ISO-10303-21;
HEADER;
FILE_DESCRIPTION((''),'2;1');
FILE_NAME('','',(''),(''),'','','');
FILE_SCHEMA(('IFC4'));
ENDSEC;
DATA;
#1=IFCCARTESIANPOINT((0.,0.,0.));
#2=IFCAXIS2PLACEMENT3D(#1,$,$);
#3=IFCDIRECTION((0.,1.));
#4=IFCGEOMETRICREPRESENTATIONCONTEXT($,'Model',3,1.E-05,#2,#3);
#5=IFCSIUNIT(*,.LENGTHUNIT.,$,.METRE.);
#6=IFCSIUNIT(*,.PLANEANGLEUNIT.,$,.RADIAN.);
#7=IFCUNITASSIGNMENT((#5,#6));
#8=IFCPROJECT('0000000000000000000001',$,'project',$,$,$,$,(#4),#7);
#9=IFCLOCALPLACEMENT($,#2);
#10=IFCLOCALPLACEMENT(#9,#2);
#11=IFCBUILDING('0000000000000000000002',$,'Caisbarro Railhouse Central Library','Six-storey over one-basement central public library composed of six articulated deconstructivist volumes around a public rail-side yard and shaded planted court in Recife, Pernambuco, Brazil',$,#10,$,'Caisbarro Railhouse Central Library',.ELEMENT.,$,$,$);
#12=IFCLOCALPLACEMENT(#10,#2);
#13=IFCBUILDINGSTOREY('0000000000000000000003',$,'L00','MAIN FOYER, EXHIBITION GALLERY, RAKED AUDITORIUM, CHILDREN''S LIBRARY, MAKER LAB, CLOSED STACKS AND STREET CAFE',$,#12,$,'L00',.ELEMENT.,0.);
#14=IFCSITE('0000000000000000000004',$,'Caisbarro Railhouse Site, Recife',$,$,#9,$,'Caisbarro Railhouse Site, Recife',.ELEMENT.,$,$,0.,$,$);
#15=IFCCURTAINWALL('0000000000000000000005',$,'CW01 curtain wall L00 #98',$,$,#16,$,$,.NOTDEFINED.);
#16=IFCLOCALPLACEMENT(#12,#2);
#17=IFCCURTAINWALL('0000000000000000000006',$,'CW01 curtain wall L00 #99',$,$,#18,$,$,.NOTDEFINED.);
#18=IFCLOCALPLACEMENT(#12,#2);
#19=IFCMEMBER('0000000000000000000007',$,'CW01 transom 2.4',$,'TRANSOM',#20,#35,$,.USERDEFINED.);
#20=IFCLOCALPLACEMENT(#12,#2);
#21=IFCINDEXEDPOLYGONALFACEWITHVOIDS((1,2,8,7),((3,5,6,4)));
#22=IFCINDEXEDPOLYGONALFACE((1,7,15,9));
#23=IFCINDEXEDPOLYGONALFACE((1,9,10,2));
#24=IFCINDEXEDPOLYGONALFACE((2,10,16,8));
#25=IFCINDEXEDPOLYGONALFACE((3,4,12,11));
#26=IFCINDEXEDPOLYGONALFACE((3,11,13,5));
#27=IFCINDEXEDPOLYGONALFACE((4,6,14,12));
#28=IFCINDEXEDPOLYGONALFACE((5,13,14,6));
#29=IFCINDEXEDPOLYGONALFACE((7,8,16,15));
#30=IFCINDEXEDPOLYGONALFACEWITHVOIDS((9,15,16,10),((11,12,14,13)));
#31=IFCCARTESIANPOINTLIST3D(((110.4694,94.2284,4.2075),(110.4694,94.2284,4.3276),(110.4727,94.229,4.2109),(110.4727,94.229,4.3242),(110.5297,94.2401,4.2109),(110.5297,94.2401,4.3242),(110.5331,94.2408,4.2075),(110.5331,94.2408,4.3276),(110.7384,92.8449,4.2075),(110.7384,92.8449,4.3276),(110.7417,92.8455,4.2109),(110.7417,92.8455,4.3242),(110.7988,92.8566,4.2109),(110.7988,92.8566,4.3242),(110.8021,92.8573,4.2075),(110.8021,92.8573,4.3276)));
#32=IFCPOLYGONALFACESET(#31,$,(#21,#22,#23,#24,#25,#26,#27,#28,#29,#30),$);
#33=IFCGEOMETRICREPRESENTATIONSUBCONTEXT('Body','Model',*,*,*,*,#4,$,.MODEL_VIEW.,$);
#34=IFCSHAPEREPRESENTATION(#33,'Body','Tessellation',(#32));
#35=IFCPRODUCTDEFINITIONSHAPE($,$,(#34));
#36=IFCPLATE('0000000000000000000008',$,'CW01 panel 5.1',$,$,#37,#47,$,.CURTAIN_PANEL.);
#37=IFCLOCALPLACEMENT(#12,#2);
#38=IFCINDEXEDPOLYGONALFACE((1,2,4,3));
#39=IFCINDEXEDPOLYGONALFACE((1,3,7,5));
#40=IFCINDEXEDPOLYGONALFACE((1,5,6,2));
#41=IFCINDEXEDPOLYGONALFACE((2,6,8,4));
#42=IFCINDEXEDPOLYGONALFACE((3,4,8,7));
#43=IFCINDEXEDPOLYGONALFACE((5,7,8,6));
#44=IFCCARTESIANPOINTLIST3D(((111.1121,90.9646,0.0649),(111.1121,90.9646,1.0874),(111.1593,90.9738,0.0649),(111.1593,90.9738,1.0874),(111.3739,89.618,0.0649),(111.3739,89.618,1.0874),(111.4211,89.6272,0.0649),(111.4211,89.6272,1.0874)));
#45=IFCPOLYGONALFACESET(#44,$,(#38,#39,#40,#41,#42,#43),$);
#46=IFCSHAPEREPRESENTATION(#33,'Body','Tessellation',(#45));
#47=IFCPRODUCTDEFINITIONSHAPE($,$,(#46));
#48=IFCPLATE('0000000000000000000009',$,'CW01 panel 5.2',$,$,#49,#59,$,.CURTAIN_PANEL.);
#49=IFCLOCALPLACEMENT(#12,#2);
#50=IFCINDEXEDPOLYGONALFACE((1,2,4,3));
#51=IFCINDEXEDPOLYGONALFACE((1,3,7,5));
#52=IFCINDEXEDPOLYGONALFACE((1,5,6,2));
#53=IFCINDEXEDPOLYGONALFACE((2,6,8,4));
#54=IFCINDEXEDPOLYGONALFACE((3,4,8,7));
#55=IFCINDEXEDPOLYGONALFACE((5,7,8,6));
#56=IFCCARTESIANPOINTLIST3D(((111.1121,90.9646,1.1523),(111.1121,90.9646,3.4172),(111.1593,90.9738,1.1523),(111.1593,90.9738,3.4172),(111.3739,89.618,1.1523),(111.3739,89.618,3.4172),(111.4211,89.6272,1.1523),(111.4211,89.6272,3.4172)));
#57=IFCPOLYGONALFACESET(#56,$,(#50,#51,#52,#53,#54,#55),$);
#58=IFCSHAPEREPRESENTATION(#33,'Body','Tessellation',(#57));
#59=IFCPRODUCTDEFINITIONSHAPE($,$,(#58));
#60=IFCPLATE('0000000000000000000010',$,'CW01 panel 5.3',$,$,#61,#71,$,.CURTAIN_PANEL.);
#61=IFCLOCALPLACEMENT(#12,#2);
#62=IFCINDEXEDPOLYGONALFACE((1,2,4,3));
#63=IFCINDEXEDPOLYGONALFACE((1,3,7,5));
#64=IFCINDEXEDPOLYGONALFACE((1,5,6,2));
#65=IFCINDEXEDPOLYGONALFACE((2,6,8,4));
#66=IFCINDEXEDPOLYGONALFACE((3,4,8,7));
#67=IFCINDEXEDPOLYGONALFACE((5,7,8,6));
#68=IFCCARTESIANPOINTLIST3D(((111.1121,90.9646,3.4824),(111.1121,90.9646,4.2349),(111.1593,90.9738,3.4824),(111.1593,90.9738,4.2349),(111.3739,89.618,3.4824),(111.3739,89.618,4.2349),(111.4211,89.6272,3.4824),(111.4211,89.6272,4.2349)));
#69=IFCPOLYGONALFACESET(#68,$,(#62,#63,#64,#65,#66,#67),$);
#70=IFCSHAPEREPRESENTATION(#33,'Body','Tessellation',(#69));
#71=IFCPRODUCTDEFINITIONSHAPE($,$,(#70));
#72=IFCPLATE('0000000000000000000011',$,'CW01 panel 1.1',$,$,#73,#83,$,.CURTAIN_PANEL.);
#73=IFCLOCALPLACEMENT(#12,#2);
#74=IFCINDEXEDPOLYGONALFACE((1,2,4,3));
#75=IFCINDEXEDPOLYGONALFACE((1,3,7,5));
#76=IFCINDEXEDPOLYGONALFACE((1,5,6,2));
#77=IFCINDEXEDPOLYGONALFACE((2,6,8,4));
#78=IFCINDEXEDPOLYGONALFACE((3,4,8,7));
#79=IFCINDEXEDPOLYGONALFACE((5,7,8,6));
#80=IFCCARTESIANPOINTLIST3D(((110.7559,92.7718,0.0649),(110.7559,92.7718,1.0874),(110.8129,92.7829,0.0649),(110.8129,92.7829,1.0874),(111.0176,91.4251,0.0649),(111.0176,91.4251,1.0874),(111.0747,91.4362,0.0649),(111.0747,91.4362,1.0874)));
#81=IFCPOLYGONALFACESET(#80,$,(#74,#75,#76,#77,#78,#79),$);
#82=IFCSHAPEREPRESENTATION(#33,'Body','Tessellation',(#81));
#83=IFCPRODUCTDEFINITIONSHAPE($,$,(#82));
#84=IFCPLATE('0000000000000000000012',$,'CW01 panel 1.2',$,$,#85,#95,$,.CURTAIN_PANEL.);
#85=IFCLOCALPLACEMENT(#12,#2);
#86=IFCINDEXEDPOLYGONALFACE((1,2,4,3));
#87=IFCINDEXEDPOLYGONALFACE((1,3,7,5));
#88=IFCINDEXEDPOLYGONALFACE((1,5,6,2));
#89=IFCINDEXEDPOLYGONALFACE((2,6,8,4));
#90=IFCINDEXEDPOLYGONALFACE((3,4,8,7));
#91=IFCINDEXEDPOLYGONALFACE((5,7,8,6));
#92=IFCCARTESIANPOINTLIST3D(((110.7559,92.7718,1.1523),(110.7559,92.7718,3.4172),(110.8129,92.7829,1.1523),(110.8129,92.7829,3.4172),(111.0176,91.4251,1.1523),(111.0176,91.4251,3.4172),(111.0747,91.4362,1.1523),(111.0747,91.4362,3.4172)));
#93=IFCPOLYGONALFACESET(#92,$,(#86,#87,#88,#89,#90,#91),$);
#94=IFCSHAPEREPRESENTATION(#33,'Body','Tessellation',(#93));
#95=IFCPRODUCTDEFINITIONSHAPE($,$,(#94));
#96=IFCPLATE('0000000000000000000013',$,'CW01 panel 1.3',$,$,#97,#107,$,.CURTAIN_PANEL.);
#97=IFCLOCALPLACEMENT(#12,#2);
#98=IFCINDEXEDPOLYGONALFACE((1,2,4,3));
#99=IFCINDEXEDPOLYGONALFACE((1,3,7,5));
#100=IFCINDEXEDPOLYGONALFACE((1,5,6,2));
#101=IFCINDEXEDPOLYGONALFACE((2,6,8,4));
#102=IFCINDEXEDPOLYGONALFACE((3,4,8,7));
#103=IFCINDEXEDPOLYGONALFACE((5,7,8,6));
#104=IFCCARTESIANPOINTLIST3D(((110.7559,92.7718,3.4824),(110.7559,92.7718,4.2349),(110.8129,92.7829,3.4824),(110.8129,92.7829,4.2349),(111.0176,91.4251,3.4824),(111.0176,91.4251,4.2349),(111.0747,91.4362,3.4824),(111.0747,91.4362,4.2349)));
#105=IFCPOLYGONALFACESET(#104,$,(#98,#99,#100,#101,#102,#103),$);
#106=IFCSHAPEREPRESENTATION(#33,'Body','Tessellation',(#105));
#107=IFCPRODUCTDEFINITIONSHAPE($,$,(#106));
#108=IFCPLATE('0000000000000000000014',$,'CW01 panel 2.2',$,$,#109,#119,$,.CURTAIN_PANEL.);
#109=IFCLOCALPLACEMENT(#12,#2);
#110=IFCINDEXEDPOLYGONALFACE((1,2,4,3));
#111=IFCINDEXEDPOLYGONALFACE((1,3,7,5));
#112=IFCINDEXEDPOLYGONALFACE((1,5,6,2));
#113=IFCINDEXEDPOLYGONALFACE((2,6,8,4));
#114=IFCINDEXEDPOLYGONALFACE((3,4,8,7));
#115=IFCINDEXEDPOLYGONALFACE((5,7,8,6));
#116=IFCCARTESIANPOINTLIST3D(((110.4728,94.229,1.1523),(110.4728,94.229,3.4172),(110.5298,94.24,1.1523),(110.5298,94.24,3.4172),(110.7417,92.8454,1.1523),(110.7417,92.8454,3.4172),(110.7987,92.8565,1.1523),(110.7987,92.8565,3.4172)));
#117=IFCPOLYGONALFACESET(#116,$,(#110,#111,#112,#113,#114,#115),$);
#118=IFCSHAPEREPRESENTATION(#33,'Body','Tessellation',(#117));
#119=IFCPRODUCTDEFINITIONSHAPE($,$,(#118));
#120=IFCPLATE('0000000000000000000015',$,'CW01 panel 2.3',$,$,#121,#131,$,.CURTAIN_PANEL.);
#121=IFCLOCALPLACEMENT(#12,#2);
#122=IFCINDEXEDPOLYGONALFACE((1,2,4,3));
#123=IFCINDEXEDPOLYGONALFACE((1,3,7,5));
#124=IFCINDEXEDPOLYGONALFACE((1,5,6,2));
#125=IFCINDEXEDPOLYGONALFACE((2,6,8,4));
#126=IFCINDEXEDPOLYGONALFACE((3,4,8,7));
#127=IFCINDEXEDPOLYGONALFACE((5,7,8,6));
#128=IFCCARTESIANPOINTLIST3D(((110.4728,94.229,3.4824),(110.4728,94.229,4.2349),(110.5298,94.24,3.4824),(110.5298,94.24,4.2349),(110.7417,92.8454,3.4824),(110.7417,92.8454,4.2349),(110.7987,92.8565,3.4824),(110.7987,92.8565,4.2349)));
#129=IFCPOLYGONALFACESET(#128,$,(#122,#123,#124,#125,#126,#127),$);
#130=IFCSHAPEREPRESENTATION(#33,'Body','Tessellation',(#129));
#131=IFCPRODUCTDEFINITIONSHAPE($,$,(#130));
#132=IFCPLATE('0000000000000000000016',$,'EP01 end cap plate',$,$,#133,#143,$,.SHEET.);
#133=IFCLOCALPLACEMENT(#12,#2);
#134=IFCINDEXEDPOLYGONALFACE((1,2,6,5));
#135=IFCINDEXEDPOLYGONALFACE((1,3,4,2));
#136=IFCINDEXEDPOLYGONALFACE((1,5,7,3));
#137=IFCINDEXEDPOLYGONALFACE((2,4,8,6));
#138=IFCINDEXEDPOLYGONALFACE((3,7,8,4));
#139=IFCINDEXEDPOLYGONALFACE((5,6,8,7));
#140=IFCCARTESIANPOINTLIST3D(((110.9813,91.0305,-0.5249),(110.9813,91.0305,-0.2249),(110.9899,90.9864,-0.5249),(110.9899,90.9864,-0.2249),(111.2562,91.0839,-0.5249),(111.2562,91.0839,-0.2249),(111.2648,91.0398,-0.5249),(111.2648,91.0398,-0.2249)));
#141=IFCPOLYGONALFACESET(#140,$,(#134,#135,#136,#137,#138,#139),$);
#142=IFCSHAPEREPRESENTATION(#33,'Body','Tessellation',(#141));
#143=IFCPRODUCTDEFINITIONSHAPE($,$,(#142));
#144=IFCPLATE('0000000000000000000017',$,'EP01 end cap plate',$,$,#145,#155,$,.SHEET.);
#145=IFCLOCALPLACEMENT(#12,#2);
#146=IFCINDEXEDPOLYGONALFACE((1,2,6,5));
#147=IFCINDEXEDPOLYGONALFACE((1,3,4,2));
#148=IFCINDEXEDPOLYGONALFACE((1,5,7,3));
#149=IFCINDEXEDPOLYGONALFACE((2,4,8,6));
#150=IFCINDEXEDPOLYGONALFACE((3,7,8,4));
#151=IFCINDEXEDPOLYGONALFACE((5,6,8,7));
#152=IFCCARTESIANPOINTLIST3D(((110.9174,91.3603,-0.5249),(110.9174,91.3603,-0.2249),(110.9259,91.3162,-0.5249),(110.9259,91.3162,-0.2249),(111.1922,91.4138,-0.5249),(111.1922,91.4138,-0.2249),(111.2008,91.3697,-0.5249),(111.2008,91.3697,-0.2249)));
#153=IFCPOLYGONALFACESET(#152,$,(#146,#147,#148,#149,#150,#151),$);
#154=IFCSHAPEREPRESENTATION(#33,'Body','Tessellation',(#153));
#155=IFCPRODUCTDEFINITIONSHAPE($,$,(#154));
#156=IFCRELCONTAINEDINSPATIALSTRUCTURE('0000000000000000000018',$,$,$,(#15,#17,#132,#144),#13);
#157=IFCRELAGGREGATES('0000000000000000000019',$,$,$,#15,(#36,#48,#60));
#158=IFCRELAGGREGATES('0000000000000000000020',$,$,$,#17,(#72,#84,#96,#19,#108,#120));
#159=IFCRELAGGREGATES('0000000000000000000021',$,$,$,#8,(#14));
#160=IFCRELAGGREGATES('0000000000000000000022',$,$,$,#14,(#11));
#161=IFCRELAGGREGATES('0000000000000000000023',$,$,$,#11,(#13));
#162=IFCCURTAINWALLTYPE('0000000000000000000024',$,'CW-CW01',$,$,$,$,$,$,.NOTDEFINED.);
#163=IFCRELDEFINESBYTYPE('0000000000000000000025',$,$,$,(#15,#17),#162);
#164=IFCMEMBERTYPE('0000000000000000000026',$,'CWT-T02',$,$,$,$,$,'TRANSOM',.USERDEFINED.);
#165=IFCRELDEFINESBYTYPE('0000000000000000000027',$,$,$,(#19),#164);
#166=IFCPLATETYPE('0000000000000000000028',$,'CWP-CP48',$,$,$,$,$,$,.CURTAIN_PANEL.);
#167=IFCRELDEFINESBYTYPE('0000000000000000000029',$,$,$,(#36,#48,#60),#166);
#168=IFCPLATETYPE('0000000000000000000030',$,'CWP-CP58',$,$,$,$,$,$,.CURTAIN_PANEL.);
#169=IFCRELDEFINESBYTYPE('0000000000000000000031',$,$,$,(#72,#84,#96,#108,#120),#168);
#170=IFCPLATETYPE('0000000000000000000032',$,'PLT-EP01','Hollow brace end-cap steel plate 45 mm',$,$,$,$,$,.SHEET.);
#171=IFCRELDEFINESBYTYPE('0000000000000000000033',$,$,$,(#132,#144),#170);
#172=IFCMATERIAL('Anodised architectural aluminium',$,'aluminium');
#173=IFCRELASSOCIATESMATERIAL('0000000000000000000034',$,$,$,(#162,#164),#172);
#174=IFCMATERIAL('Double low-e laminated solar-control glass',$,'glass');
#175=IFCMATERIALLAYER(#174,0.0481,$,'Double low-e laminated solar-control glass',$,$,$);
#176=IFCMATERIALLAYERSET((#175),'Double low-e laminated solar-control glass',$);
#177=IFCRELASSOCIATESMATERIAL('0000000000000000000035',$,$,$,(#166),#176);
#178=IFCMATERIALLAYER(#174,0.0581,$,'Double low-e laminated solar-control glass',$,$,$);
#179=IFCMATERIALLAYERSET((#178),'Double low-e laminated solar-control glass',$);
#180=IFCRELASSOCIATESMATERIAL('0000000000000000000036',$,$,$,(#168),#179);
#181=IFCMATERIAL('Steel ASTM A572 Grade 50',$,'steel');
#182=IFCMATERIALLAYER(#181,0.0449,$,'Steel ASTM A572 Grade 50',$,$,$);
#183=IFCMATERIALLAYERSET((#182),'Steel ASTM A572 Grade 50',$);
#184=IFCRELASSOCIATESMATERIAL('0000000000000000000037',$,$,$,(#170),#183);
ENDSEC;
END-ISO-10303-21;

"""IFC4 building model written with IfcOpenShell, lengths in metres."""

from ifc_helpers import new_model, si_unit, direction, frame, origin, origin_2d, place, context, subcontext, project, spatial, rectangle, hollow_rectangle, extrude, material, layer, layer_set, material_profile, profile_set, type_object, element, aggregate, save


model = new_model("IFC4")

# Units and contexts
model_context = context("Model", 3, precision=1e-05, world=origin(), true_north=direction((0.0, 1.0)))
body_context = subcontext(model_context, "Body", "Model", "MODEL_VIEW")
ifc_project = project(units=[si_unit("LENGTHUNIT", "METRE"), si_unit("PLANEANGLEUNIT", "RADIAN")], contexts=[model_context])

# Site, building, storey
site_placement = place(None, origin())
site = spatial("IfcSite", under=ifc_project, at=site_placement, Name="Caisbarro Railhouse Site, Recife", LongName="Caisbarro Railhouse Site, Recife", CompositionType="ELEMENT", RefElevation=0.0)
building_placement = place(site_placement, origin())
building = spatial("IfcBuilding", under=site, at=building_placement, Name="Caisbarro Railhouse Central Library", Description="Six-storey over one-basement central public library composed of six articulated deconstructivist volumes around a public rail-side yard and shaded planted court in Recife, Pernambuco, Brazil", LongName="Caisbarro Railhouse Central Library", CompositionType="ELEMENT")
storey_placement = place(building_placement, origin())
storey = spatial("IfcBuildingStorey", under=building, at=storey_placement, Name="L00", Description="MAIN FOYER, EXHIBITION GALLERY, RAKED AUDITORIUM, CHILDREN'S LIBRARY, MAKER LAB, CLOSED STACKS AND STREET CAFE", LongName="L00", CompositionType="ELEMENT", Elevation=0.0)

# Shared definitions
ifc_material_1 = material(Name="Steel ASTM A572 Grade 50", Category="steel")

# Curtain wall
ifc_material_2 = material(Name="Anodised architectural aluminium", Category="aluminium")
curtain_wall_type = type_object("IfcCurtainWallType", Name="CW-CW01", PredefinedType="NOTDEFINED", material=ifc_material_2)
curtain_wall_1_placement = place(storey_placement, origin())
curtain_wall_1 = element("IfcCurtainWall", 1, at=curtain_wall_1_placement, inside=storey, type_object=curtain_wall_type, Name="CW01 curtain wall L00 #98", PredefinedType="NOTDEFINED")

# Curtain wall
curtain_wall_2_placement = place(storey_placement, origin())
curtain_wall_2 = element("IfcCurtainWall", 2, at=curtain_wall_2_placement, inside=storey, type_object=curtain_wall_type, Name="CW01 curtain wall L00 #99", PredefinedType="NOTDEFINED")

# Member
ifc_material_profile_1 = material_profile(ifc_material_2, hollow_rectangle(XDim=0.0649, YDim=0.1201, WallThickness=0.0034, at=origin_2d()), Name="ALU-TRN-65X120")
ifc_profile_set_1 = profile_set([ifc_material_profile_1], Name="Anodised architectural aluminium")
member_type_1 = type_object("IfcMemberType", Name="CWT-T02", ElementType="TRANSOM", PredefinedType="USERDEFINED", material=ifc_profile_set_1)
member_1_placement = place(storey_placement, frame((110.7703, 92.8511, 4.2676), z_axis=(-0.190884, 0.981613, 0.0), x_axis=(-0.981613, -0.190884, 0.0)))
member_1 = element("IfcMember", 3, at=member_1_placement, type_object=member_type_1, Name="CW01 transom 2.4", ObjectType="TRANSOM", PredefinedType="USERDEFINED", context=body_context, shape_type="SweptSolid", body=[
    extrude(hollow_rectangle(XDim=0.0649, YDim=0.1201, WallThickness=0.0034, at=origin_2d()), origin(), (0.0, 0.0, 1.0), 1.4094),
])

# Plates
ifc_material_3 = material(Name="Double low-e laminated solar-control glass", Category="glass")
ifc_layer_1 = layer(ifc_material_3, 0.0481, Name="Double low-e laminated solar-control glass")
ifc_layer_set_1 = layer_set([ifc_layer_1], Name="Double low-e laminated solar-control glass")
plate_type_1 = type_object("IfcPlateType", Name="CWP-CP48", PredefinedType="CURTAIN_PANEL", material=ifc_layer_set_1)
plate_1_placement = place(storey_placement, frame((111.2666, 90.2959, 0.0649), z_axis=(0.0, 0.0, 1.0), x_axis=(-0.190781, 0.981633, 0.0)))
plate_1 = element("IfcPlate", 4, at=plate_1_placement, type_object=plate_type_1, Name="CW01 panel 5.1", PredefinedType="CURTAIN_PANEL", context=body_context, shape_type="SweptSolid", body=[
    extrude(rectangle(XDim=1.3718, YDim=0.0481, at=origin_2d()), origin(), (0.0, 0.0, 1.0), 1.0225),
])
plate_2_placement = place(storey_placement, frame((111.2666, 90.2959, 1.1523), z_axis=(0.0, 0.0, 1.0), x_axis=(-0.190781, 0.981633, 0.0)))
plate_2 = element("IfcPlate", 5, at=plate_2_placement, type_object=plate_type_1, Name="CW01 panel 5.2", PredefinedType="CURTAIN_PANEL", context=body_context, shape_type="SweptSolid", body=[
    extrude(rectangle(XDim=1.3718, YDim=0.0481, at=origin_2d()), origin(), (0.0, 0.0, 1.0), 2.2649),
])
plate_3_placement = place(storey_placement, frame((111.2666, 90.2959, 3.4824), z_axis=(0.0, 0.0, 1.0), x_axis=(-0.190781, 0.981633, 0.0)))
plate_3 = element("IfcPlate", 6, at=plate_3_placement, type_object=plate_type_1, Name="CW01 panel 5.3", PredefinedType="CURTAIN_PANEL", context=body_context, shape_type="SweptSolid", body=[
    extrude(rectangle(XDim=1.3718, YDim=0.0481, at=origin_2d()), origin(), (0.0, 0.0, 1.0), 0.7524),
])
aggregate(curtain_wall_1, [plate_1, plate_2, plate_3])
ifc_layer_2 = layer(ifc_material_3, 0.0581, Name="Double low-e laminated solar-control glass")
ifc_layer_set_2 = layer_set([ifc_layer_2], Name="Double low-e laminated solar-control glass")
plate_type_2 = type_object("IfcPlateType", Name="CWP-CP58", PredefinedType="CURTAIN_PANEL", material=ifc_layer_set_2)
plate_4_placement = place(storey_placement, frame((110.9153, 92.104, 0.0649), z_axis=(0.0, 0.0, 1.0), x_axis=(-0.190781, 0.981633, 0.0)))
plate_4 = element("IfcPlate", 7, at=plate_4_placement, type_object=plate_type_2, Name="CW01 panel 1.1", PredefinedType="CURTAIN_PANEL", context=body_context, shape_type="SweptSolid", body=[
    extrude(rectangle(XDim=1.3718, YDim=0.0581, at=origin_2d()), origin(), (0.0, 0.0, 1.0), 1.0225),
])
plate_5_placement = place(storey_placement, frame((110.9153, 92.104, 1.1523), z_axis=(0.0, 0.0, 1.0), x_axis=(-0.190781, 0.981633, 0.0)))
plate_5 = element("IfcPlate", 8, at=plate_5_placement, type_object=plate_type_2, Name="CW01 panel 1.2", PredefinedType="CURTAIN_PANEL", context=body_context, shape_type="SweptSolid", body=[
    extrude(rectangle(XDim=1.3718, YDim=0.0581, at=origin_2d()), origin(), (0.0, 0.0, 1.0), 2.2649),
])
plate_6_placement = place(storey_placement, frame((110.9153, 92.104, 3.4824), z_axis=(0.0, 0.0, 1.0), x_axis=(-0.190781, 0.981633, 0.0)))
plate_6 = element("IfcPlate", 9, at=plate_6_placement, type_object=plate_type_2, Name="CW01 panel 1.3", PredefinedType="CURTAIN_PANEL", context=body_context, shape_type="SweptSolid", body=[
    extrude(rectangle(XDim=1.3718, YDim=0.0581, at=origin_2d()), origin(), (0.0, 0.0, 1.0), 0.7524),
])
plate_7_placement = place(storey_placement, frame((110.6357, 93.5427, 1.1523), z_axis=(0.0, 0.0, 1.0), x_axis=(-0.190781, 0.981633, 0.0)))
plate_7 = element("IfcPlate", 10, at=plate_7_placement, type_object=plate_type_2, Name="CW01 panel 2.2", PredefinedType="CURTAIN_PANEL", context=body_context, shape_type="SweptSolid", body=[
    extrude(rectangle(XDim=1.4094, YDim=0.0581, at=origin_2d()), origin(), (0.0, 0.0, 1.0), 2.2649),
])
plate_8_placement = place(storey_placement, frame((110.6357, 93.5427, 3.4824), z_axis=(0.0, 0.0, 1.0), x_axis=(-0.190781, 0.981633, 0.0)))
plate_8 = element("IfcPlate", 11, at=plate_8_placement, type_object=plate_type_2, Name="CW01 panel 2.3", PredefinedType="CURTAIN_PANEL", context=body_context, shape_type="SweptSolid", body=[
    extrude(rectangle(XDim=1.4094, YDim=0.0581, at=origin_2d()), origin(), (0.0, 0.0, 1.0), 0.7524),
])
aggregate(curtain_wall_2, [plate_4, plate_5, plate_6, member_1, plate_7, plate_8])

# Plates
ifc_layer_3 = layer(ifc_material_1, 0.0449, Name="Steel ASTM A572 Grade 50")
ifc_layer_set_3 = layer_set([ifc_layer_3], Name="Steel ASTM A572 Grade 50")
plate_type_3 = type_object("IfcPlateType", Name="PLT-EP01", Description="Hollow brace end-cap steel plate 45 mm", PredefinedType="SHEET", material=ifc_layer_set_3)
for number, where, z_axis, x_axis, name in (
    (12, (111.123, 91.0352, -0.5249), (0.0, 0.0, 1.0), (-0.190809, 0.981627, 0.0), "EP01 end cap plate"),
    (13, (111.0591, 91.365, -0.5249), (0.0, 0.0, 1.0), (-0.190809, 0.981627, 0.0), "EP01 end cap plate"),
):
    element("IfcPlate", number, at=place(storey_placement, frame(where, z_axis=z_axis, x_axis=x_axis)), inside=storey, type_object=plate_type_3, Name=name, PredefinedType="SHEET", context=body_context, shape_type="SweptSolid", body=[
        extrude(rectangle(XDim=0.0449, YDim=0.28, at=origin_2d()), origin(), (0.0, 0.0, 1.0), 0.3),
    ])

save(model, "model.ifc")
